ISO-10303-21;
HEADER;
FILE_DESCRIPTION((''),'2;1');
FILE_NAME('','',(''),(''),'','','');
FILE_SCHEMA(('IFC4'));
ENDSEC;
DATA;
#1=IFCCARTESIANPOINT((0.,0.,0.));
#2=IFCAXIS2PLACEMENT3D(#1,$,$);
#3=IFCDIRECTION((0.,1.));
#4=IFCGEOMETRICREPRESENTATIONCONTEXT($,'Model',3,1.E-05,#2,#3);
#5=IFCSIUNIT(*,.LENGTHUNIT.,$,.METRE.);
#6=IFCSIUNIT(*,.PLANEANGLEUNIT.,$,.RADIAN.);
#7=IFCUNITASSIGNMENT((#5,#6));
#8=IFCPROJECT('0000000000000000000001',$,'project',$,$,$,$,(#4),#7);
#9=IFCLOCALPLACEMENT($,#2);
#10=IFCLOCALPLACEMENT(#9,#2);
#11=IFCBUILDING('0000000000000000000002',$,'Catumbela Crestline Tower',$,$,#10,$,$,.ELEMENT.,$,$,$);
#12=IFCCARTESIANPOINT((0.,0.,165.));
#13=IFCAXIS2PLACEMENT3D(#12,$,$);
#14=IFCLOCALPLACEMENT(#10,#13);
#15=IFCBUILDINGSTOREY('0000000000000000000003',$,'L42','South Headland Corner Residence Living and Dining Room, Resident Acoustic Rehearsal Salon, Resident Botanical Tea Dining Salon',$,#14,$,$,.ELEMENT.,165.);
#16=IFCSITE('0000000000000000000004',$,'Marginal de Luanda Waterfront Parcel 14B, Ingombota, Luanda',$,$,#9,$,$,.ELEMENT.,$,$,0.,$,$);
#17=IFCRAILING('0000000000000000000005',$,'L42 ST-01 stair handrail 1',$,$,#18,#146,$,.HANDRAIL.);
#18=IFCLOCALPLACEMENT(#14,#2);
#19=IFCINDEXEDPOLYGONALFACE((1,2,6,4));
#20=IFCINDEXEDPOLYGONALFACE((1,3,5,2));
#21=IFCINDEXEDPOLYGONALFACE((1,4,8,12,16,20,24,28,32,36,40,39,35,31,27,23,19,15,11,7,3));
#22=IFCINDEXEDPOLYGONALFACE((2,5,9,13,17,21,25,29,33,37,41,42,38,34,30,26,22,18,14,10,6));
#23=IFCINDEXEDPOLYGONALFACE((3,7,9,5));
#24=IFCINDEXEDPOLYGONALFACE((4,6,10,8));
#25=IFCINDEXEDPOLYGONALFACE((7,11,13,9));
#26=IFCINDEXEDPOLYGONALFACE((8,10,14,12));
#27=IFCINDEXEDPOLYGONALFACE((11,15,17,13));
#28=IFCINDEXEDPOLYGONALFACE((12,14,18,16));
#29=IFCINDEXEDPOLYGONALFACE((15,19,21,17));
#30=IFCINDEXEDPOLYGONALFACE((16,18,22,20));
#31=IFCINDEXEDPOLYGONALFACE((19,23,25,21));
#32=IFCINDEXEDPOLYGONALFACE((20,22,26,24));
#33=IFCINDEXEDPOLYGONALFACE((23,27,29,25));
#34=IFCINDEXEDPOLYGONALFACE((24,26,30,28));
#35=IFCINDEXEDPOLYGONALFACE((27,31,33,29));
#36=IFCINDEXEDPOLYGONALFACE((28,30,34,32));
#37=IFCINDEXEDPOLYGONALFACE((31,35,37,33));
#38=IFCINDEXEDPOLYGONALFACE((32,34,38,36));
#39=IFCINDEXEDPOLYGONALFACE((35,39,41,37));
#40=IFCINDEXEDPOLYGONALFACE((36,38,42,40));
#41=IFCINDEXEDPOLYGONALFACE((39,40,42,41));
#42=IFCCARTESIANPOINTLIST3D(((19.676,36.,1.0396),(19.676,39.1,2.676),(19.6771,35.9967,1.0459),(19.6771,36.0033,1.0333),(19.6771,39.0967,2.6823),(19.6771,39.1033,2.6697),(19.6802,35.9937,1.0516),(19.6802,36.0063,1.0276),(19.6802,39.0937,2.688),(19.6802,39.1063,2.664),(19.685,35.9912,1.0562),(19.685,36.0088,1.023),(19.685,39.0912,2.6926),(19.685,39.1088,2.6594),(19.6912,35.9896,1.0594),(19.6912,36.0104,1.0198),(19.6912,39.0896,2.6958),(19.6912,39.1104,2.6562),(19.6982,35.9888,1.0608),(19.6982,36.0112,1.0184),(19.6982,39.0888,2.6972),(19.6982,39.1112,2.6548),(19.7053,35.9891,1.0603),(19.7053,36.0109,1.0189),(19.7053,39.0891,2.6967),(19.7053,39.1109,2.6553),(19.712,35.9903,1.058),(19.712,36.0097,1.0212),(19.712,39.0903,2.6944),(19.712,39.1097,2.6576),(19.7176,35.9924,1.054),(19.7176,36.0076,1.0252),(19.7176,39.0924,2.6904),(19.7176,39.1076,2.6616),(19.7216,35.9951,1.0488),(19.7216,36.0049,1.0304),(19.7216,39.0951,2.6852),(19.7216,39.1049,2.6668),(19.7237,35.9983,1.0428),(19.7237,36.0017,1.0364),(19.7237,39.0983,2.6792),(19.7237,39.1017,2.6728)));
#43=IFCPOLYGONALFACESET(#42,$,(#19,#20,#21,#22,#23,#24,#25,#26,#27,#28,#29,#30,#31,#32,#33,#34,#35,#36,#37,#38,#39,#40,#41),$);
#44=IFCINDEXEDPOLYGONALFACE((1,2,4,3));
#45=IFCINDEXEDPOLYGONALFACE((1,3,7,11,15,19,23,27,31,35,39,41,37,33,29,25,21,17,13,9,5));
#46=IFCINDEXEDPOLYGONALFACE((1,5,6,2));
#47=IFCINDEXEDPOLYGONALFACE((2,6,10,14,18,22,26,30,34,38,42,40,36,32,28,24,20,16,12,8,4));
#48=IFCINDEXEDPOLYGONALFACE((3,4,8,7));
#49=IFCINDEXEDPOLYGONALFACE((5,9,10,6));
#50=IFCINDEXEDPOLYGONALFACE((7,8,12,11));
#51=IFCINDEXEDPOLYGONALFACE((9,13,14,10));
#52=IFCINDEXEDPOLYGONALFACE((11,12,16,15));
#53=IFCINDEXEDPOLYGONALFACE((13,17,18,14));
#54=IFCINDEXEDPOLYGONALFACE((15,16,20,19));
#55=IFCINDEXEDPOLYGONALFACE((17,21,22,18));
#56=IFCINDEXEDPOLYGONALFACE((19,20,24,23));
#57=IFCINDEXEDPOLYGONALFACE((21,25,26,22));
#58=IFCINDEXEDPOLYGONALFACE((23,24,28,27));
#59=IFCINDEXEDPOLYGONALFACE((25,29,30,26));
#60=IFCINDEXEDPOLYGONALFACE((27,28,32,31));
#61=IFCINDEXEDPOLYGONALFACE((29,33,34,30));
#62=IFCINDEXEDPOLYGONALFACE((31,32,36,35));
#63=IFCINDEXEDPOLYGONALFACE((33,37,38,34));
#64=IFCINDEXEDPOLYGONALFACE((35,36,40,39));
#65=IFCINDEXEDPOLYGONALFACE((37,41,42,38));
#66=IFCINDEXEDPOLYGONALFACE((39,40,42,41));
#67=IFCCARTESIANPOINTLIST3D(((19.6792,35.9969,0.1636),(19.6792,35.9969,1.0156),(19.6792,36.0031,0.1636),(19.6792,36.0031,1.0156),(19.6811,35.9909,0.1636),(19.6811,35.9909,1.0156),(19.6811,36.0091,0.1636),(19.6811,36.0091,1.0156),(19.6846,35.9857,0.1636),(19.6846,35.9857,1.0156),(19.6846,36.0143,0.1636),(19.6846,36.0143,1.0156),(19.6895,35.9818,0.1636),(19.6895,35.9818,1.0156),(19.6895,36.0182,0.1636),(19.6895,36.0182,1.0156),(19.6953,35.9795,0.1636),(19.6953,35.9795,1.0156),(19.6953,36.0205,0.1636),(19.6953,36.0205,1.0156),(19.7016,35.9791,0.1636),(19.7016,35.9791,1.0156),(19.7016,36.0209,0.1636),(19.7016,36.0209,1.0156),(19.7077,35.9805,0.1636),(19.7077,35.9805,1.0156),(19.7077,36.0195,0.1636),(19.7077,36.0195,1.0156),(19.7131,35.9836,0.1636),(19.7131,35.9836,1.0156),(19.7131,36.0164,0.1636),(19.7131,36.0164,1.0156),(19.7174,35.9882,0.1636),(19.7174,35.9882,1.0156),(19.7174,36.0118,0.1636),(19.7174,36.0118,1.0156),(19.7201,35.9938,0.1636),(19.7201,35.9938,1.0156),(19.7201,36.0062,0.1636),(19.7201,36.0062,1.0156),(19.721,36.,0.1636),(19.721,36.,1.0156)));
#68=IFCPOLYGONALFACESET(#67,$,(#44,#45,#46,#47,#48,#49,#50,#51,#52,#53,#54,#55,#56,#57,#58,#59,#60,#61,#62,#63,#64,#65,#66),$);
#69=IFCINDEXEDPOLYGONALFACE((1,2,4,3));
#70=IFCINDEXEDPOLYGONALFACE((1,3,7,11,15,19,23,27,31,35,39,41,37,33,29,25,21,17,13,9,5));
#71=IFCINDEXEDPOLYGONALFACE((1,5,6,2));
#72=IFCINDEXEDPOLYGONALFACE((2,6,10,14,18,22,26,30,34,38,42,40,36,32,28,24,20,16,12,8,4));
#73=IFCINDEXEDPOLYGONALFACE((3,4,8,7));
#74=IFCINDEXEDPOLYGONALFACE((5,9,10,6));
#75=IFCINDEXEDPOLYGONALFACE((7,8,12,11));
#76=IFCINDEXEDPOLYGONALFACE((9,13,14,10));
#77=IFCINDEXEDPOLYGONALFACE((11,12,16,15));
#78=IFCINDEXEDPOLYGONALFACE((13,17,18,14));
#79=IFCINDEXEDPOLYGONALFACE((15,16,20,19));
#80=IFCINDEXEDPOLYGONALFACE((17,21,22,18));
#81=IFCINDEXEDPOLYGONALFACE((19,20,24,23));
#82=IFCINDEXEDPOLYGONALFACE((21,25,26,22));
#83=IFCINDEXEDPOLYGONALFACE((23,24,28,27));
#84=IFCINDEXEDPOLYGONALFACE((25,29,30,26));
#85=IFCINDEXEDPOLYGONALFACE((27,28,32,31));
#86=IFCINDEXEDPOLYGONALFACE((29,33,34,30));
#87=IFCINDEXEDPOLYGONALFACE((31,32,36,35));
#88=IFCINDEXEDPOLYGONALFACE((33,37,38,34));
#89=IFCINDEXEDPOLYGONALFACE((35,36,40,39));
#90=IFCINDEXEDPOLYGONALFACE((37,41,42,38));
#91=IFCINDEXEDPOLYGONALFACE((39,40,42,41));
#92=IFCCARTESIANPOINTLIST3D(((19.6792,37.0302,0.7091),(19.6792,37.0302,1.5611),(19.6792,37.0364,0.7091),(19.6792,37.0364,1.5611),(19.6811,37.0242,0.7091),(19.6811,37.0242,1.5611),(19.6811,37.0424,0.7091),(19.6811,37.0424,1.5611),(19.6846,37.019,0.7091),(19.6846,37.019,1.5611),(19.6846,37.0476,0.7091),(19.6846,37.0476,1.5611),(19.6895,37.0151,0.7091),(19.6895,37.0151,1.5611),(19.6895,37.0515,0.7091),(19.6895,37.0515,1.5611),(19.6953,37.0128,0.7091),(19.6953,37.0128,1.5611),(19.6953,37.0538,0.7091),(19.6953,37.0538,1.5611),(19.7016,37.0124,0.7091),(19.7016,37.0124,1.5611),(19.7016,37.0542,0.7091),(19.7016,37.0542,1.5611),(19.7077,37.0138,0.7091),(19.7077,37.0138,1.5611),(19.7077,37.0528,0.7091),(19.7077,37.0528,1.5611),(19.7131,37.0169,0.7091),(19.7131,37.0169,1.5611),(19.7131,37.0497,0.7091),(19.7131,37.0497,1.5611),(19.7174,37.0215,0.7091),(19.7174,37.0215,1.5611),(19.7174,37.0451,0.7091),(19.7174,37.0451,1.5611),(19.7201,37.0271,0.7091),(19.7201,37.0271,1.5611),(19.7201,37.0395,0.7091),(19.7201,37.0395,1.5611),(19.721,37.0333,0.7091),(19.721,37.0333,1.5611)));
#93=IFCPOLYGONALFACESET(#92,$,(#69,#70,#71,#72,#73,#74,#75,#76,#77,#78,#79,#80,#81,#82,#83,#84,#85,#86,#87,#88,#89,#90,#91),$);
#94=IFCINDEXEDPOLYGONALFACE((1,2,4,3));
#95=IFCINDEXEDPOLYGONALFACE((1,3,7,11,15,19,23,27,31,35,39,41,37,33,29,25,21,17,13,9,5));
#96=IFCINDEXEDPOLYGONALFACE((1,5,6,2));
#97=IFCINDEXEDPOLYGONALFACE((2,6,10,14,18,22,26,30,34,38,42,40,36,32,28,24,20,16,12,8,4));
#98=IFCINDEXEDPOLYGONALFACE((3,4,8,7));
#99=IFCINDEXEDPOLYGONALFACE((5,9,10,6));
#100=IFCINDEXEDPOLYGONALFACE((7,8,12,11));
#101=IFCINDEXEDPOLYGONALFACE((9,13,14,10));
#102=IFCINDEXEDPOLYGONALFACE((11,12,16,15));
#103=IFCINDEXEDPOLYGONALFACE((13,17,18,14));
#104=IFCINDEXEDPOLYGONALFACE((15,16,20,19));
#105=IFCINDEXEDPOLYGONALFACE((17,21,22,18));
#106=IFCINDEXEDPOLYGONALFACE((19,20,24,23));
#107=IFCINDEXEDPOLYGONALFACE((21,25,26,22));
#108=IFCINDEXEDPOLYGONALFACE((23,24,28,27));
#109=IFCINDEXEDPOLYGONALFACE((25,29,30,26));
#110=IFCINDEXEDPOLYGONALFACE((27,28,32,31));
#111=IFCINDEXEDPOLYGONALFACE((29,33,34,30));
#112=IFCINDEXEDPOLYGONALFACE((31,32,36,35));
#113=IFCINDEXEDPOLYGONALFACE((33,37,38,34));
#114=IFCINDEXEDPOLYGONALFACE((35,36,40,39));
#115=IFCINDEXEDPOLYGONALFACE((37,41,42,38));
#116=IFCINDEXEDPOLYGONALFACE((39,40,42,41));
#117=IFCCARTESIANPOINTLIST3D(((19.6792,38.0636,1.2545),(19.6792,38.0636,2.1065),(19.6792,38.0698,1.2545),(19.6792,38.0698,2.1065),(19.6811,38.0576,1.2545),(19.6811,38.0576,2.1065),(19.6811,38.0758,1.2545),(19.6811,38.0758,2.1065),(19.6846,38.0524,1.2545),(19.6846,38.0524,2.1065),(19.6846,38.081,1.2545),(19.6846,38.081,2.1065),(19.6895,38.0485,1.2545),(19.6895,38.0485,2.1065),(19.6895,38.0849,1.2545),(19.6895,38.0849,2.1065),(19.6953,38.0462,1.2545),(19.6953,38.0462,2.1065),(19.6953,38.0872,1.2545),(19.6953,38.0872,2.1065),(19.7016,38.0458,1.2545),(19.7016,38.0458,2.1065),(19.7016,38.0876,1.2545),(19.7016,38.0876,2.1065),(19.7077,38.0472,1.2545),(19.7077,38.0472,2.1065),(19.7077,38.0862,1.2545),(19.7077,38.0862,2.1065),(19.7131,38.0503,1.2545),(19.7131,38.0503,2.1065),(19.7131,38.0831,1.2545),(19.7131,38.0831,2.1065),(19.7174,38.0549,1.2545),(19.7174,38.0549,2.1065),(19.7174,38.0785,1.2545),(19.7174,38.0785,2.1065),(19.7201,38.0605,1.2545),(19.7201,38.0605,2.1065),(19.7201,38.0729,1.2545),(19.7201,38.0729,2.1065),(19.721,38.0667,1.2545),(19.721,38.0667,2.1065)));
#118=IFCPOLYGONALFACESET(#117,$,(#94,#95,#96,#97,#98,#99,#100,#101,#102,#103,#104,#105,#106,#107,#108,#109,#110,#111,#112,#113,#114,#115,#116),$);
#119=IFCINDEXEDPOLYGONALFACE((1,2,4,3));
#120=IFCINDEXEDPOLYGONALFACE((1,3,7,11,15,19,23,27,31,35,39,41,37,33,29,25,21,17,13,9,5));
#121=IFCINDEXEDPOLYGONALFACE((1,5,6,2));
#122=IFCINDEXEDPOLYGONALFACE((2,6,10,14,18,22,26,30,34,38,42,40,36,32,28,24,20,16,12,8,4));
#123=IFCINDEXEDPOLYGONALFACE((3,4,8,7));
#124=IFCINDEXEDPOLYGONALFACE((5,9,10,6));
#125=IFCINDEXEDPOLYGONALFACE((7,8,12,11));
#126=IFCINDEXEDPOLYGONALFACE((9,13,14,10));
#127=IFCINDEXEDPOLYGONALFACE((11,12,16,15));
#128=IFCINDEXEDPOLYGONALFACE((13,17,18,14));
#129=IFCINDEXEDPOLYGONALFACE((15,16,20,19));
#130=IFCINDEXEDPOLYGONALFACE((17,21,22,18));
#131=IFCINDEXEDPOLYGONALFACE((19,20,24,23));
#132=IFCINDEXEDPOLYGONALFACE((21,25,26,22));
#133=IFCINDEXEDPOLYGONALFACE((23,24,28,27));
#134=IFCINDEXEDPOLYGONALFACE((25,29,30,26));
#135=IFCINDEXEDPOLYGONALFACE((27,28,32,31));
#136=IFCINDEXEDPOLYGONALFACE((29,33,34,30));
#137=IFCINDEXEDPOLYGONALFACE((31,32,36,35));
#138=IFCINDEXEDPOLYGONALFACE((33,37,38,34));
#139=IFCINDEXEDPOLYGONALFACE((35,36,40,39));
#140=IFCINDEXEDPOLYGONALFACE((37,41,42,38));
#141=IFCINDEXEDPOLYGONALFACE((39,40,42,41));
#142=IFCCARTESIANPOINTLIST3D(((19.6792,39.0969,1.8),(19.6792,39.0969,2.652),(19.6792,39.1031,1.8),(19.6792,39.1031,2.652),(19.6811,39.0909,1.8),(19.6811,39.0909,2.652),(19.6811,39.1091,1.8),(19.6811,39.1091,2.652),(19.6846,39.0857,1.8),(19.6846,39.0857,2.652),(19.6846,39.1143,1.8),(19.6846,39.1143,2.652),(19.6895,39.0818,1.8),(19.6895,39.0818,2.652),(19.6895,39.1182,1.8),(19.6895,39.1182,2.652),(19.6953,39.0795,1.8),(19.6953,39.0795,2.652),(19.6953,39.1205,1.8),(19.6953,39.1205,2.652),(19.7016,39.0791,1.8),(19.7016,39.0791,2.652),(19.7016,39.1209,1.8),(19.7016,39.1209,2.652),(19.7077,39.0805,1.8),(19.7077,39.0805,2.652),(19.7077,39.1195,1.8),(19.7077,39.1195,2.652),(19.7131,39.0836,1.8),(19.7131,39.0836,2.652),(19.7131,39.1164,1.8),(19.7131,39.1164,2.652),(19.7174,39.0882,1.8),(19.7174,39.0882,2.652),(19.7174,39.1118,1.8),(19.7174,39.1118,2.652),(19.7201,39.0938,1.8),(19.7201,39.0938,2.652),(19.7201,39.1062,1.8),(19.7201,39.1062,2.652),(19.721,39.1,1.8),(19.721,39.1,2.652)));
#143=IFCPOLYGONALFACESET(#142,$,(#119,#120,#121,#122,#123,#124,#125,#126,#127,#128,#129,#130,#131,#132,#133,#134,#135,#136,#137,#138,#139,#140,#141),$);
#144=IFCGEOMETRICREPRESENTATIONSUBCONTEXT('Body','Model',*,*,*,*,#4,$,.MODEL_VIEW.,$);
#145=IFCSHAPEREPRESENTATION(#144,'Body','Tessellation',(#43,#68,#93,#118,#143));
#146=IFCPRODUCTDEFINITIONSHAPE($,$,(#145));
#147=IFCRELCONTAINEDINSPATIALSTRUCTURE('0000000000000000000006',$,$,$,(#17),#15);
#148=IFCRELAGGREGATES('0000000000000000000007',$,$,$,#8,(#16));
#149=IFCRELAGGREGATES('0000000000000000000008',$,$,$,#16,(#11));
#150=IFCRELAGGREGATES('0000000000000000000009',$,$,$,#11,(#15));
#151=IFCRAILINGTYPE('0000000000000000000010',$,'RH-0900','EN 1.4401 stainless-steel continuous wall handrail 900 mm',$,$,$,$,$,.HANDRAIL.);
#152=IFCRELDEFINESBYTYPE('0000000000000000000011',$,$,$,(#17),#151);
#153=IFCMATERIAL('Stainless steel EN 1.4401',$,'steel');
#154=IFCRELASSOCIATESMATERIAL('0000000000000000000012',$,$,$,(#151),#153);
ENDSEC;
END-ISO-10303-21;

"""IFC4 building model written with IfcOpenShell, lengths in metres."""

from ifc_helpers import new_model, si_unit, direction, frame, origin, origin_2d, place, context, subcontext, project, spatial, circle, extrude, material, type_object, element, save


model = new_model("IFC4")

# Units and contexts
model_context = context("Model", 3, precision=1e-05, world=origin(), true_north=direction((0.0, 1.0)))
body_context = subcontext(model_context, "Body", "Model", "MODEL_VIEW")
ifc_project = project(units=[si_unit("LENGTHUNIT", "METRE"), si_unit("PLANEANGLEUNIT", "RADIAN")], contexts=[model_context])

# Site, building, storey
site_placement = place(None, origin())
site = spatial("IfcSite", under=ifc_project, at=site_placement, Name="Marginal de Luanda Waterfront Parcel 14B, Ingombota, Luanda", CompositionType="ELEMENT", RefElevation=0.0)
building_placement = place(site_placement, origin())
building = spatial("IfcBuilding", under=site, at=building_placement, Name="Catumbela Crestline Tower", CompositionType="ELEMENT")
storey_placement = place(building_placement, frame((0.0, 0.0, 165.0)))
storey = spatial("IfcBuildingStorey", under=building, at=storey_placement, Name="L42", Description="South Headland Corner Residence Living and Dining Room, Resident Acoustic Rehearsal Salon, Resident Botanical Tea Dining Salon", CompositionType="ELEMENT", Elevation=165.0)

# Shared definitions
ifc_material_1 = material(Name="Stainless steel EN 1.4401", Category="steel")

# Railing
railing_type_1 = type_object("IfcRailingType", Name="RH-0900", Description="EN 1.4401 stainless-steel continuous wall handrail 900 mm", PredefinedType="HANDRAIL", material=ifc_material_1)
railing_1_placement = place(storey_placement, frame((19.7, 36.0, 0.1636)))
element("IfcRailing", 1, at=railing_1_placement, inside=storey, type_object=railing_type_1, Name="L42 ST-01 stair handrail 1", PredefinedType="HANDRAIL", context=body_context, shape_type="SweptSolid", body=[
    extrude(circle(Radius=0.024, at=origin_2d()), frame((0.0, 0.0, 0.876), z_axis=(0.0, 0.884351, 0.466823), x_axis=(-1.0, 0.0, 0.0)), (0.0, 0.0, 1.0), 3.5054),
    extrude(circle(Radius=0.021, at=origin_2d()), origin(), (0.0, 0.0, 1.0), 0.852),
    extrude(circle(Radius=0.021, at=origin_2d()), frame((0.0, 1.0333, 0.5455)), (0.0, 0.0, 1.0), 0.852),
    extrude(circle(Radius=0.021, at=origin_2d()), frame((0.0, 2.0667, 1.0909)), (0.0, 0.0, 1.0), 0.852),
    extrude(circle(Radius=0.021, at=origin_2d()), frame((0.0, 3.1, 1.6364)), (0.0, 0.0, 1.0), 0.852),
])

save(model, "model.ifc")
